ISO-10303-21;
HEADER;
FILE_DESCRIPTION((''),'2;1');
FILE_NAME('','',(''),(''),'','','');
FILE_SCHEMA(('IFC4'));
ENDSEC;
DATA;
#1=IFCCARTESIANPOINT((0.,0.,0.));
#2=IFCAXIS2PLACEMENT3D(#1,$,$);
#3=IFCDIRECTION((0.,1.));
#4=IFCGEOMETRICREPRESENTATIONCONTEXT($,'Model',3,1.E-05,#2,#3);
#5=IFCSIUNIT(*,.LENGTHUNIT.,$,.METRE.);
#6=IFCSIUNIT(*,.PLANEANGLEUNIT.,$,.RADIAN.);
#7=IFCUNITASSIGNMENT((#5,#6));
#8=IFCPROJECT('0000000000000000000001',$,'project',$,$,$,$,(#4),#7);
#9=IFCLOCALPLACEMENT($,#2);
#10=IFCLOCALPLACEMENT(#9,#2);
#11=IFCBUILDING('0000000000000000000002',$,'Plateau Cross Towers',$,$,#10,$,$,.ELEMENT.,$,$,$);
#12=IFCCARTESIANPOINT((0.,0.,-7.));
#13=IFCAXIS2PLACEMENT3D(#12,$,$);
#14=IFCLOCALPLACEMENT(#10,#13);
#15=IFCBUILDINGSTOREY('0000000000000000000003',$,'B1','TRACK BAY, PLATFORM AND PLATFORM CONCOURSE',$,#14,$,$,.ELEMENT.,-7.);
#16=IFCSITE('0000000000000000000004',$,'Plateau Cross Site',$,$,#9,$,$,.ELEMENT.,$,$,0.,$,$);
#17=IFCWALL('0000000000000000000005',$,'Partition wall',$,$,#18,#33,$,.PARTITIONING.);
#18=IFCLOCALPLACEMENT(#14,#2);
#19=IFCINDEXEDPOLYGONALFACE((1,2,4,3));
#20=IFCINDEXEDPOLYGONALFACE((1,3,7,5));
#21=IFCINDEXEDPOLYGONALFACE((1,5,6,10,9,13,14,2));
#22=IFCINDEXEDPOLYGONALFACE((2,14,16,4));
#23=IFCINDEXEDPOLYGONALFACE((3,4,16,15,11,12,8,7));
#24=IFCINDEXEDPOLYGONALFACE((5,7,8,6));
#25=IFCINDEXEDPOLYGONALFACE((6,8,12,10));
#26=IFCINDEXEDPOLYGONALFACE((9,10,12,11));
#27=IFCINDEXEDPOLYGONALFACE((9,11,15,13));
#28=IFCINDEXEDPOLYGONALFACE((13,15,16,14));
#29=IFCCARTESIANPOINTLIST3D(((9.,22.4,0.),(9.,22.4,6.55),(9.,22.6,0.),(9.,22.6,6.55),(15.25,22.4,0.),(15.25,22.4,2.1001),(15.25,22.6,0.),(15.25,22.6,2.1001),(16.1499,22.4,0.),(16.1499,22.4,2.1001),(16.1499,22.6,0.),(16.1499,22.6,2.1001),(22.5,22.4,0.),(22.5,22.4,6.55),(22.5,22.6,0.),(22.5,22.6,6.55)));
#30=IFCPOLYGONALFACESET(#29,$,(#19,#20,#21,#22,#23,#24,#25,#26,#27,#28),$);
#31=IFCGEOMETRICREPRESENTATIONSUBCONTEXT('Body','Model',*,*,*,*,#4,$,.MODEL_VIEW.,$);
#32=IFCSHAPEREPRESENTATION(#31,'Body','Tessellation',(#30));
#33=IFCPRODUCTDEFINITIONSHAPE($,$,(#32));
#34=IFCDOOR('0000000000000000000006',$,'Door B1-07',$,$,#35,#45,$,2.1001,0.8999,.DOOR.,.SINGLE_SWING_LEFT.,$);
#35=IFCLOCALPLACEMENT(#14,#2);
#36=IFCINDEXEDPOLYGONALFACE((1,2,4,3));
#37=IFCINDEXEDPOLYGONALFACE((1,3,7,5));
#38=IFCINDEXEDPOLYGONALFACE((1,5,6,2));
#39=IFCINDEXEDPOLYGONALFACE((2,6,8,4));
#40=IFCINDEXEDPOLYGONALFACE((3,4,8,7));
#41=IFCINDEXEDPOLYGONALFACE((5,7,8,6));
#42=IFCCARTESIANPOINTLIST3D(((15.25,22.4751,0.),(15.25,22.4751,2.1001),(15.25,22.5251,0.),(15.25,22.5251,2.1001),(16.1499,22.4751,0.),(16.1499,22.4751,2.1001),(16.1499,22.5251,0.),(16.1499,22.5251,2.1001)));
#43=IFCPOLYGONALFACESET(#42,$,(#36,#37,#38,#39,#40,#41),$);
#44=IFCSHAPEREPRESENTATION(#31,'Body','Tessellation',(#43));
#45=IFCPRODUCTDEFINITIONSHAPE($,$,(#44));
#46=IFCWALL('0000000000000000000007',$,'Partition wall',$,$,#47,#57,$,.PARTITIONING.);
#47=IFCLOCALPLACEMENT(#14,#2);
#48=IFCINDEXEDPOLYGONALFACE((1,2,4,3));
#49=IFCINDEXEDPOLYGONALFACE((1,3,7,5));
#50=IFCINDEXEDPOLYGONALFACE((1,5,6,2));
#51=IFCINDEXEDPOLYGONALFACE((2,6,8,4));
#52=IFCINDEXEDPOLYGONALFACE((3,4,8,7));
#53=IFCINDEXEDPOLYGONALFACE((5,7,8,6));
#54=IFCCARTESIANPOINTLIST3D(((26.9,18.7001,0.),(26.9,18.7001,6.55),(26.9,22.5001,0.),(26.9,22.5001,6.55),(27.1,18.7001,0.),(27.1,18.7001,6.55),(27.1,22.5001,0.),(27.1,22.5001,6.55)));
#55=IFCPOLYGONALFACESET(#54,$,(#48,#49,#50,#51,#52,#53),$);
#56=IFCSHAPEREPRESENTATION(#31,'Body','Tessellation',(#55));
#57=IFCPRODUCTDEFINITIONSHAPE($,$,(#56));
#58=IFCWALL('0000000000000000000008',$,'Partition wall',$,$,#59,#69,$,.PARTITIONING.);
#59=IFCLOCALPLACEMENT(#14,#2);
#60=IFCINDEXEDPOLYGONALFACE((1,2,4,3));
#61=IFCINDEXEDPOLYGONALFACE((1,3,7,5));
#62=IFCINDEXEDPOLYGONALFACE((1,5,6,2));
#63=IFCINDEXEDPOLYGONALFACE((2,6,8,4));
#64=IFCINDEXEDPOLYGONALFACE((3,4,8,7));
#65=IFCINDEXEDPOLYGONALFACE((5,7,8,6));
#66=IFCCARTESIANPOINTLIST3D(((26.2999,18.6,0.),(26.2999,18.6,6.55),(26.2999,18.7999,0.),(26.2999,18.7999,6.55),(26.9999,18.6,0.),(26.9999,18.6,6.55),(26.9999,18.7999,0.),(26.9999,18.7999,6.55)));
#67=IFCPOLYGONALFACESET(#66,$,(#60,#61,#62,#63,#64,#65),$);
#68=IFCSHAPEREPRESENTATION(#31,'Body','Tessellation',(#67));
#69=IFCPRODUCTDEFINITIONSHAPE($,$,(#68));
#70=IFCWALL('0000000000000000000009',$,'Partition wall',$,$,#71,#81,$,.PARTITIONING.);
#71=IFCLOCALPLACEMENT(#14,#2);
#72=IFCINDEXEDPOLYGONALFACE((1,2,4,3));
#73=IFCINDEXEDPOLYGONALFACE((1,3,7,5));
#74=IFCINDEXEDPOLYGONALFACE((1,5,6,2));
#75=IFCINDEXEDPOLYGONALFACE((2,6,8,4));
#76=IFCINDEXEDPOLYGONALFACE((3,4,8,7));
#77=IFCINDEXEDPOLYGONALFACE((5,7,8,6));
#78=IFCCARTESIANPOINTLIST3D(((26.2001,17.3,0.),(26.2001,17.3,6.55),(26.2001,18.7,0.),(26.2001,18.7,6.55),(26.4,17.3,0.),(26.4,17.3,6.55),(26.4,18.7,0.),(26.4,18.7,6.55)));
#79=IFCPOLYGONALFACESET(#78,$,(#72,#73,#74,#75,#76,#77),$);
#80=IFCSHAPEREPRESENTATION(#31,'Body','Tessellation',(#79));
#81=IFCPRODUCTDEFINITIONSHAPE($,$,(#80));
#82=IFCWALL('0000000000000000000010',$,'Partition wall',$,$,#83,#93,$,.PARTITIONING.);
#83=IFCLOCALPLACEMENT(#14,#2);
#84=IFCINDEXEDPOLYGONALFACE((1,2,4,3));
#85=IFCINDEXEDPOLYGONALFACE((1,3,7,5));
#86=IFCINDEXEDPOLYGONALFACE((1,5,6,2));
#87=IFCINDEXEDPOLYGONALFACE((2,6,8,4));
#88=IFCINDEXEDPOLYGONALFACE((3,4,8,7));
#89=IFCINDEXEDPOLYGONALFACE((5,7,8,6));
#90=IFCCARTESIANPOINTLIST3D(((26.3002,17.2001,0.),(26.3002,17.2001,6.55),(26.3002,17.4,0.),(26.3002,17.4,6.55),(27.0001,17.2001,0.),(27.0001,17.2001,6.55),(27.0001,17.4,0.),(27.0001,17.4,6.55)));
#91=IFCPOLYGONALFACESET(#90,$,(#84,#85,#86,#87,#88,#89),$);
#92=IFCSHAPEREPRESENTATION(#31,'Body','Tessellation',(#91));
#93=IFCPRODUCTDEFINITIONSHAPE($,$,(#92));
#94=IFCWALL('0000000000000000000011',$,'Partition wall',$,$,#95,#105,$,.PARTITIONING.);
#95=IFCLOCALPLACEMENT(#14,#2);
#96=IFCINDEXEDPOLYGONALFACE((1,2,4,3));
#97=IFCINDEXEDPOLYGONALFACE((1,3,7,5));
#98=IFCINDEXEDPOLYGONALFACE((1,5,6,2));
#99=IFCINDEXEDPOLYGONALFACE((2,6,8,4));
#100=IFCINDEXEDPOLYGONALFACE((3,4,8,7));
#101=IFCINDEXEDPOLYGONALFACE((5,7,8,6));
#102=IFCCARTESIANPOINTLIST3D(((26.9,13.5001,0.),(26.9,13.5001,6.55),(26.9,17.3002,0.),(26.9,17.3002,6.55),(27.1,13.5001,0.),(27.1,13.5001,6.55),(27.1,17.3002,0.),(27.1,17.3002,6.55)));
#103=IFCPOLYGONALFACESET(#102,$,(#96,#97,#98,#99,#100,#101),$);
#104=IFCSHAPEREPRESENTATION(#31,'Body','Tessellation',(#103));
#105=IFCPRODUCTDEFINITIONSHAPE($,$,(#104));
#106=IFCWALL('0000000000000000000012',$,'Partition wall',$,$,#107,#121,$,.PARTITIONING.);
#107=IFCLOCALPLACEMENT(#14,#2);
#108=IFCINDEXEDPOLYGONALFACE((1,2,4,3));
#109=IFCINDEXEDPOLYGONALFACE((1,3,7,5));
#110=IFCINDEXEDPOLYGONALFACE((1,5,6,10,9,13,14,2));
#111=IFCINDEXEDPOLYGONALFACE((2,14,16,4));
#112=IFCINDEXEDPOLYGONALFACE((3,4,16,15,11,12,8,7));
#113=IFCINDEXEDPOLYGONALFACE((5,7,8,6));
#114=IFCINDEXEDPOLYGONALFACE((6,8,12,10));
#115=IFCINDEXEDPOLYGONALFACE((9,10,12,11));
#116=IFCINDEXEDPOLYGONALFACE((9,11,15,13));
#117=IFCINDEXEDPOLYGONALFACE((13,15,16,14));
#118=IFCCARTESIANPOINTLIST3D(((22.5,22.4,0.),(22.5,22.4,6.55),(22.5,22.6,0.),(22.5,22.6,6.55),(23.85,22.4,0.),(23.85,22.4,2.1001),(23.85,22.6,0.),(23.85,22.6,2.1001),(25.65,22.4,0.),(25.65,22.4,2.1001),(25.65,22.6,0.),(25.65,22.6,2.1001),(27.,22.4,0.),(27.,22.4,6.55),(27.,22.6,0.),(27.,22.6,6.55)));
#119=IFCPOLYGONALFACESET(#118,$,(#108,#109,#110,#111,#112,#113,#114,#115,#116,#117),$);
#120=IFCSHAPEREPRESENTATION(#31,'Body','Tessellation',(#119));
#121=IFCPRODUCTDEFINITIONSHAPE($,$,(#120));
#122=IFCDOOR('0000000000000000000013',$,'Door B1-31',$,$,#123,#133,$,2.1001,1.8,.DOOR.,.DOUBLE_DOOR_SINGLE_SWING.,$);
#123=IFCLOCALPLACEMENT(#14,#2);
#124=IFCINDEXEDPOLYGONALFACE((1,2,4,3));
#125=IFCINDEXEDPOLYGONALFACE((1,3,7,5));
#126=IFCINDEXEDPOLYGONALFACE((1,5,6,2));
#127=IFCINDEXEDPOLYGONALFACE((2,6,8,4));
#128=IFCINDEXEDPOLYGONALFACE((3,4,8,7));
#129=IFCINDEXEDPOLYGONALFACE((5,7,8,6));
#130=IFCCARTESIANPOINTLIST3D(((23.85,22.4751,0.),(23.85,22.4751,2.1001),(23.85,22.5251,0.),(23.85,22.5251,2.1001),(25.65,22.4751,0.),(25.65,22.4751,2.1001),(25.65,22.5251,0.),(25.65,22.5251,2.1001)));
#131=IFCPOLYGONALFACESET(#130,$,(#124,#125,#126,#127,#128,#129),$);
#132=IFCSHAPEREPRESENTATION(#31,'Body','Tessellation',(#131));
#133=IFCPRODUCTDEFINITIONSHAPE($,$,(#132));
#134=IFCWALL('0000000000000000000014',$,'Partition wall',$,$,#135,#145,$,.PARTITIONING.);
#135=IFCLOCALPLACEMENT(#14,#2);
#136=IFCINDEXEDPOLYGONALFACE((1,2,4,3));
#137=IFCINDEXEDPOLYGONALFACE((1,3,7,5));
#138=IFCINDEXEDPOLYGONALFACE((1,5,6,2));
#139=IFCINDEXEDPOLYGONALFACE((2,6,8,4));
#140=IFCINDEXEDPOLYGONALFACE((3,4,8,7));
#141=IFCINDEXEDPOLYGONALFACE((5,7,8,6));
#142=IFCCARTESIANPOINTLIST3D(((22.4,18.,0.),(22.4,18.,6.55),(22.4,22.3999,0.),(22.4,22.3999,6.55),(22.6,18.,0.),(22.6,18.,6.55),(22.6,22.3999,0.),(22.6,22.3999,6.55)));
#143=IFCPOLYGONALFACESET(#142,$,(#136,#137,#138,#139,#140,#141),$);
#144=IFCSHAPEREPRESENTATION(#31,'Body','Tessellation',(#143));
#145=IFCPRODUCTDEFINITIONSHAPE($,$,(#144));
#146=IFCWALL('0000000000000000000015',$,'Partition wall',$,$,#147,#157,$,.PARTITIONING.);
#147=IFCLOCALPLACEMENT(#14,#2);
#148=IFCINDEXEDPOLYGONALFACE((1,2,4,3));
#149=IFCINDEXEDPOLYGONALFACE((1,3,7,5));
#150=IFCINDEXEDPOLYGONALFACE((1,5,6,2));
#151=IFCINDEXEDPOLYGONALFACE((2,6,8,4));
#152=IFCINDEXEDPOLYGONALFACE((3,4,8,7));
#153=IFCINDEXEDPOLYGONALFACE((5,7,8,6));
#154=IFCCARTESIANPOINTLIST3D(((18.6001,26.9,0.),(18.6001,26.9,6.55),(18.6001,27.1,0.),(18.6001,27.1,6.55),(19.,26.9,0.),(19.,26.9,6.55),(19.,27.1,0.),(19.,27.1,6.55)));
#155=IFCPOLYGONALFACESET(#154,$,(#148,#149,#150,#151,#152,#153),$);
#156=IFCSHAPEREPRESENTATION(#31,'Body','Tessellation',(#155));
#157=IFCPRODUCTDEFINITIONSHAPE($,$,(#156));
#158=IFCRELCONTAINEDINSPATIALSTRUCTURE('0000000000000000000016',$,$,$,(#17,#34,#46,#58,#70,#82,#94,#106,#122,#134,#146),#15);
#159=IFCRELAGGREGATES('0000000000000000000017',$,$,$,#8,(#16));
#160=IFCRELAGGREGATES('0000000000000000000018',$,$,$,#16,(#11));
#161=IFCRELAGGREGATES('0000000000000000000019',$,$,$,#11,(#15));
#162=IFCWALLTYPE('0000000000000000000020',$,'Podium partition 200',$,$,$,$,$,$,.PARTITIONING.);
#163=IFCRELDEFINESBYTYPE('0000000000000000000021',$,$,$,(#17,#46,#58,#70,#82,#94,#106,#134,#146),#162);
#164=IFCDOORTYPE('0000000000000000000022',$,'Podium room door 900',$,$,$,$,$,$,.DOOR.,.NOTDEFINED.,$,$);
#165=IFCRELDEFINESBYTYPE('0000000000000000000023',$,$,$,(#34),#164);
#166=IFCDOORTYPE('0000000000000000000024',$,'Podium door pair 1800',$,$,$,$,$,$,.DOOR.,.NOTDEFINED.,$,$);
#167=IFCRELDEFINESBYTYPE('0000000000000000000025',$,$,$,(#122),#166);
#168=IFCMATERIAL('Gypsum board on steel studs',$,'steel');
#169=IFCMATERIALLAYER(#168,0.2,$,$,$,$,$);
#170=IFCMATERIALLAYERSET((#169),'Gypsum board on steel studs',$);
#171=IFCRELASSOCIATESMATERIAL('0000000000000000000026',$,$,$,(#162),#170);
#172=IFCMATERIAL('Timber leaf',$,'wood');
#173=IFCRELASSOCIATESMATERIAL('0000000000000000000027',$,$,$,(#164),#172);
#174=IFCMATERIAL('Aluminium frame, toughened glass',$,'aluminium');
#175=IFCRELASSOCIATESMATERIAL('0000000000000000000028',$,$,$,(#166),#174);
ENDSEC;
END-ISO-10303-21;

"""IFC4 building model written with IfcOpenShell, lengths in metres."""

from ifc_helpers import new_model, si_unit, direction, frame, frame_2d, origin, place, context, subcontext, project, spatial, rectangle, extrude, material, layer, layer_set, type_object, element, fill, save


model = new_model("IFC4")

# Units and contexts
model_context = context("Model", 3, precision=1e-05, world=origin(), true_north=direction((0.0, 1.0)))
body_context = subcontext(model_context, "Body", "Model", "MODEL_VIEW")
ifc_project = project(units=[si_unit("LENGTHUNIT", "METRE"), si_unit("PLANEANGLEUNIT", "RADIAN")], contexts=[model_context])

# Site, building, storey
site_placement = place(None, origin())
site = spatial("IfcSite", under=ifc_project, at=site_placement, Name="Plateau Cross Site", CompositionType="ELEMENT", RefElevation=0.0)
building_placement = place(site_placement, origin())
building = spatial("IfcBuilding", under=site, at=building_placement, Name="Plateau Cross Towers", CompositionType="ELEMENT")
storey_placement = place(building_placement, frame((0.0, 0.0, -7.0)))
storey = spatial("IfcBuildingStorey", under=building, at=storey_placement, Name="B1", Description="TRACK BAY, PLATFORM AND PLATFORM CONCOURSE", CompositionType="ELEMENT", Elevation=-7.0)

# Wall, opening, door
ifc_material_1 = material(Name="Gypsum board on steel studs", Category="steel")
ifc_layer = layer(ifc_material_1, 0.2)
ifc_layer_set = layer_set([ifc_layer], Name="Gypsum board on steel studs")
wall_type = type_object("IfcWallType", Name="Podium partition 200", PredefinedType="PARTITIONING", material=ifc_layer_set)
wall_1_placement = place(storey_placement, frame((22.5, 22.5, 0.0), z_axis=(0.0, 0.0, 1.0), x_axis=(-1.0, 0.0, 0.0)))
wall_1 = element("IfcWall", 1, at=wall_1_placement, inside=storey, type_object=wall_type, Name="Partition wall", PredefinedType="PARTITIONING", context=body_context, shape_type="SweptSolid", body=[
    extrude(rectangle(XDim=13.5, YDim=0.2, at=frame_2d((6.75, 0.0))), origin(), (0.0, 0.0, 1.0), 6.55),
])
opening_1_placement = place(wall_1_placement, frame((6.3501, 0.0, 0.0)))
opening_1 = element("IfcOpeningElement", 2, at=opening_1_placement, cuts=wall_1, PredefinedType="OPENING", context=body_context, shape_type="SweptSolid", body=[
    extrude(rectangle(XDim=0.8999, YDim=2.1001, at=frame_2d((0.45, 1.05))), frame((0.0, 0.1099, 0.0), z_axis=(0.0, -1.0, 0.0), x_axis=(1.0, 0.0, 0.0)), (0.0, 0.0, 1.0), 0.22),
])
ifc_material_2 = material(Name="Timber leaf", Category="wood")
door_type_1 = type_object("IfcDoorType", Name="Podium room door 900", OperationType="NOTDEFINED", PredefinedType="DOOR", material=ifc_material_2)
door_1_placement = place(opening_1_placement, origin())
door_1 = element("IfcDoor", 3, at=door_1_placement, inside=storey, type_object=door_type_1, Name="Door B1-07", OperationType="SINGLE_SWING_LEFT", OverallHeight=2.1001, OverallWidth=0.8999, PredefinedType="DOOR", context=body_context, shape_type="SweptSolid", body=[
    extrude(rectangle(XDim=0.8999, YDim=2.1001, at=frame_2d((0.45, 1.05))), frame((0.0, 0.0249, 0.0), z_axis=(0.0, -1.0, 0.0), x_axis=(1.0, 0.0, 0.0)), (0.0, 0.0, 1.0), 0.05),
])
fill(opening_1, door_1)

# Walls
wall_2_placement = place(storey_placement, frame((27.0, 22.5, 0.0), z_axis=(0.0, 0.0, 1.0), x_axis=(0.0, -1.0, 0.0)))
element("IfcWall", 4, at=wall_2_placement, inside=storey, type_object=wall_type, Name="Partition wall", PredefinedType="PARTITIONING", context=body_context, shape_type="SweptSolid", body=[
    extrude(rectangle(XDim=3.8, YDim=0.2, at=frame_2d((1.8999, 0.0))), origin(), (0.0, 0.0, 1.0), 6.55),
])
wall_3_placement = place(storey_placement, frame((27.0, 18.7, 0.0), z_axis=(0.0, 0.0, 1.0), x_axis=(-1.0, 0.0, 0.0)))
element("IfcWall", 5, at=wall_3_placement, inside=storey, type_object=wall_type, Name="Partition wall", PredefinedType="PARTITIONING", context=body_context, shape_type="SweptSolid", body=[
    extrude(rectangle(XDim=0.7, YDim=0.2, at=frame_2d((0.3501, 0.0))), origin(), (0.0, 0.0, 1.0), 6.55),
])
wall_4_placement = place(storey_placement, frame((26.3, 18.7, 0.0), z_axis=(0.0, 0.0, 1.0), x_axis=(0.0, -1.0, 0.0)))
element("IfcWall", 6, at=wall_4_placement, inside=storey, type_object=wall_type, Name="Partition wall", PredefinedType="PARTITIONING", context=body_context, shape_type="SweptSolid", body=[
    extrude(rectangle(XDim=1.3999, YDim=0.2, at=frame_2d((0.7, 0.0))), origin(), (0.0, 0.0, 1.0), 6.55),
])
wall_5_placement = place(storey_placement, frame((26.3, 17.3, 0.0), z_axis=(0.0, 0.0, 1.0), x_axis=(1.0, 0.0, 0.0)))
element("IfcWall", 7, at=wall_5_placement, inside=storey, type_object=wall_type, Name="Partition wall", PredefinedType="PARTITIONING", context=body_context, shape_type="SweptSolid", body=[
    extrude(rectangle(XDim=0.7, YDim=0.2, at=frame_2d((0.3501, 0.0))), origin(), (0.0, 0.0, 1.0), 6.55),
])
wall_6_placement = place(storey_placement, frame((27.0, 17.3, 0.0), z_axis=(0.0, 0.0, 1.0), x_axis=(0.0, -1.0, 0.0)))
element("IfcWall", 8, at=wall_6_placement, inside=storey, type_object=wall_type, Name="Partition wall", PredefinedType="PARTITIONING", context=body_context, shape_type="SweptSolid", body=[
    extrude(rectangle(XDim=3.8, YDim=0.2, at=frame_2d((1.8999, 0.0))), origin(), (0.0, 0.0, 1.0), 6.55),
])

# Wall, opening, door
wall_7_placement = place(storey_placement, frame((27.0, 22.5, 0.0), z_axis=(0.0, 0.0, 1.0), x_axis=(-1.0, 0.0, 0.0)))
wall_7 = element("IfcWall", 9, at=wall_7_placement, inside=storey, type_object=wall_type, Name="Partition wall", PredefinedType="PARTITIONING", context=body_context, shape_type="SweptSolid", body=[
    extrude(rectangle(XDim=4.5, YDim=0.2, at=frame_2d((2.25, 0.0))), origin(), (0.0, 0.0, 1.0), 6.55),
])
opening_2_placement = place(wall_7_placement, frame((1.3501, 0.0, 0.0)))
opening_2 = element("IfcOpeningElement", 10, at=opening_2_placement, cuts=wall_7, PredefinedType="OPENING", context=body_context, shape_type="SweptSolid", body=[
    extrude(rectangle(XDim=1.8, YDim=2.1001, at=frame_2d((0.8999, 1.05))), frame((0.0, 0.1099, 0.0), z_axis=(0.0, -1.0, 0.0), x_axis=(1.0, 0.0, 0.0)), (0.0, 0.0, 1.0), 0.22),
])
ifc_material_3 = material(Name="Aluminium frame, toughened glass", Category="aluminium")
door_type_2 = type_object("IfcDoorType", Name="Podium door pair 1800", OperationType="NOTDEFINED", PredefinedType="DOOR", material=ifc_material_3)
door_2_placement = place(opening_2_placement, origin())
door_2 = element("IfcDoor", 11, at=door_2_placement, inside=storey, type_object=door_type_2, Name="Door B1-31", OperationType="DOUBLE_DOOR_SINGLE_SWING", OverallHeight=2.1001, OverallWidth=1.8, PredefinedType="DOOR", context=body_context, shape_type="SweptSolid", body=[
    extrude(rectangle(XDim=1.8, YDim=2.1001, at=frame_2d((0.8999, 1.05))), frame((0.0, 0.0249, 0.0), z_axis=(0.0, -1.0, 0.0), x_axis=(1.0, 0.0, 0.0)), (0.0, 0.0, 1.0), 0.05),
])
fill(opening_2, door_2)

# Walls
wall_8_placement = place(storey_placement, frame((22.5, 18.0, 0.0), z_axis=(0.0, 0.0, 1.0), x_axis=(0.0, 1.0, 0.0)))
element("IfcWall", 12, at=wall_8_placement, inside=storey, type_object=wall_type, Name="Partition wall", PredefinedType="PARTITIONING", context=body_context, shape_type="SweptSolid", body=[
    extrude(rectangle(XDim=4.3999, YDim=0.2, at=frame_2d((2.2, 0.0))), origin(), (0.0, 0.0, 1.0), 6.55),
])
wall_9_placement = place(storey_placement, frame((18.6001, 27.0, 0.0), z_axis=(0.0, 0.0, 1.0), x_axis=(1.0, 0.0, 0.0)))
element("IfcWall", 13, at=wall_9_placement, inside=storey, type_object=wall_type, Name="Partition wall", PredefinedType="PARTITIONING", context=body_context, shape_type="SweptSolid", body=[
    extrude(rectangle(XDim=0.3999, YDim=0.2, at=frame_2d((0.2, 0.0))), origin(), (0.0, 0.0, 1.0), 6.55),
])

save(model, "model.ifc")
